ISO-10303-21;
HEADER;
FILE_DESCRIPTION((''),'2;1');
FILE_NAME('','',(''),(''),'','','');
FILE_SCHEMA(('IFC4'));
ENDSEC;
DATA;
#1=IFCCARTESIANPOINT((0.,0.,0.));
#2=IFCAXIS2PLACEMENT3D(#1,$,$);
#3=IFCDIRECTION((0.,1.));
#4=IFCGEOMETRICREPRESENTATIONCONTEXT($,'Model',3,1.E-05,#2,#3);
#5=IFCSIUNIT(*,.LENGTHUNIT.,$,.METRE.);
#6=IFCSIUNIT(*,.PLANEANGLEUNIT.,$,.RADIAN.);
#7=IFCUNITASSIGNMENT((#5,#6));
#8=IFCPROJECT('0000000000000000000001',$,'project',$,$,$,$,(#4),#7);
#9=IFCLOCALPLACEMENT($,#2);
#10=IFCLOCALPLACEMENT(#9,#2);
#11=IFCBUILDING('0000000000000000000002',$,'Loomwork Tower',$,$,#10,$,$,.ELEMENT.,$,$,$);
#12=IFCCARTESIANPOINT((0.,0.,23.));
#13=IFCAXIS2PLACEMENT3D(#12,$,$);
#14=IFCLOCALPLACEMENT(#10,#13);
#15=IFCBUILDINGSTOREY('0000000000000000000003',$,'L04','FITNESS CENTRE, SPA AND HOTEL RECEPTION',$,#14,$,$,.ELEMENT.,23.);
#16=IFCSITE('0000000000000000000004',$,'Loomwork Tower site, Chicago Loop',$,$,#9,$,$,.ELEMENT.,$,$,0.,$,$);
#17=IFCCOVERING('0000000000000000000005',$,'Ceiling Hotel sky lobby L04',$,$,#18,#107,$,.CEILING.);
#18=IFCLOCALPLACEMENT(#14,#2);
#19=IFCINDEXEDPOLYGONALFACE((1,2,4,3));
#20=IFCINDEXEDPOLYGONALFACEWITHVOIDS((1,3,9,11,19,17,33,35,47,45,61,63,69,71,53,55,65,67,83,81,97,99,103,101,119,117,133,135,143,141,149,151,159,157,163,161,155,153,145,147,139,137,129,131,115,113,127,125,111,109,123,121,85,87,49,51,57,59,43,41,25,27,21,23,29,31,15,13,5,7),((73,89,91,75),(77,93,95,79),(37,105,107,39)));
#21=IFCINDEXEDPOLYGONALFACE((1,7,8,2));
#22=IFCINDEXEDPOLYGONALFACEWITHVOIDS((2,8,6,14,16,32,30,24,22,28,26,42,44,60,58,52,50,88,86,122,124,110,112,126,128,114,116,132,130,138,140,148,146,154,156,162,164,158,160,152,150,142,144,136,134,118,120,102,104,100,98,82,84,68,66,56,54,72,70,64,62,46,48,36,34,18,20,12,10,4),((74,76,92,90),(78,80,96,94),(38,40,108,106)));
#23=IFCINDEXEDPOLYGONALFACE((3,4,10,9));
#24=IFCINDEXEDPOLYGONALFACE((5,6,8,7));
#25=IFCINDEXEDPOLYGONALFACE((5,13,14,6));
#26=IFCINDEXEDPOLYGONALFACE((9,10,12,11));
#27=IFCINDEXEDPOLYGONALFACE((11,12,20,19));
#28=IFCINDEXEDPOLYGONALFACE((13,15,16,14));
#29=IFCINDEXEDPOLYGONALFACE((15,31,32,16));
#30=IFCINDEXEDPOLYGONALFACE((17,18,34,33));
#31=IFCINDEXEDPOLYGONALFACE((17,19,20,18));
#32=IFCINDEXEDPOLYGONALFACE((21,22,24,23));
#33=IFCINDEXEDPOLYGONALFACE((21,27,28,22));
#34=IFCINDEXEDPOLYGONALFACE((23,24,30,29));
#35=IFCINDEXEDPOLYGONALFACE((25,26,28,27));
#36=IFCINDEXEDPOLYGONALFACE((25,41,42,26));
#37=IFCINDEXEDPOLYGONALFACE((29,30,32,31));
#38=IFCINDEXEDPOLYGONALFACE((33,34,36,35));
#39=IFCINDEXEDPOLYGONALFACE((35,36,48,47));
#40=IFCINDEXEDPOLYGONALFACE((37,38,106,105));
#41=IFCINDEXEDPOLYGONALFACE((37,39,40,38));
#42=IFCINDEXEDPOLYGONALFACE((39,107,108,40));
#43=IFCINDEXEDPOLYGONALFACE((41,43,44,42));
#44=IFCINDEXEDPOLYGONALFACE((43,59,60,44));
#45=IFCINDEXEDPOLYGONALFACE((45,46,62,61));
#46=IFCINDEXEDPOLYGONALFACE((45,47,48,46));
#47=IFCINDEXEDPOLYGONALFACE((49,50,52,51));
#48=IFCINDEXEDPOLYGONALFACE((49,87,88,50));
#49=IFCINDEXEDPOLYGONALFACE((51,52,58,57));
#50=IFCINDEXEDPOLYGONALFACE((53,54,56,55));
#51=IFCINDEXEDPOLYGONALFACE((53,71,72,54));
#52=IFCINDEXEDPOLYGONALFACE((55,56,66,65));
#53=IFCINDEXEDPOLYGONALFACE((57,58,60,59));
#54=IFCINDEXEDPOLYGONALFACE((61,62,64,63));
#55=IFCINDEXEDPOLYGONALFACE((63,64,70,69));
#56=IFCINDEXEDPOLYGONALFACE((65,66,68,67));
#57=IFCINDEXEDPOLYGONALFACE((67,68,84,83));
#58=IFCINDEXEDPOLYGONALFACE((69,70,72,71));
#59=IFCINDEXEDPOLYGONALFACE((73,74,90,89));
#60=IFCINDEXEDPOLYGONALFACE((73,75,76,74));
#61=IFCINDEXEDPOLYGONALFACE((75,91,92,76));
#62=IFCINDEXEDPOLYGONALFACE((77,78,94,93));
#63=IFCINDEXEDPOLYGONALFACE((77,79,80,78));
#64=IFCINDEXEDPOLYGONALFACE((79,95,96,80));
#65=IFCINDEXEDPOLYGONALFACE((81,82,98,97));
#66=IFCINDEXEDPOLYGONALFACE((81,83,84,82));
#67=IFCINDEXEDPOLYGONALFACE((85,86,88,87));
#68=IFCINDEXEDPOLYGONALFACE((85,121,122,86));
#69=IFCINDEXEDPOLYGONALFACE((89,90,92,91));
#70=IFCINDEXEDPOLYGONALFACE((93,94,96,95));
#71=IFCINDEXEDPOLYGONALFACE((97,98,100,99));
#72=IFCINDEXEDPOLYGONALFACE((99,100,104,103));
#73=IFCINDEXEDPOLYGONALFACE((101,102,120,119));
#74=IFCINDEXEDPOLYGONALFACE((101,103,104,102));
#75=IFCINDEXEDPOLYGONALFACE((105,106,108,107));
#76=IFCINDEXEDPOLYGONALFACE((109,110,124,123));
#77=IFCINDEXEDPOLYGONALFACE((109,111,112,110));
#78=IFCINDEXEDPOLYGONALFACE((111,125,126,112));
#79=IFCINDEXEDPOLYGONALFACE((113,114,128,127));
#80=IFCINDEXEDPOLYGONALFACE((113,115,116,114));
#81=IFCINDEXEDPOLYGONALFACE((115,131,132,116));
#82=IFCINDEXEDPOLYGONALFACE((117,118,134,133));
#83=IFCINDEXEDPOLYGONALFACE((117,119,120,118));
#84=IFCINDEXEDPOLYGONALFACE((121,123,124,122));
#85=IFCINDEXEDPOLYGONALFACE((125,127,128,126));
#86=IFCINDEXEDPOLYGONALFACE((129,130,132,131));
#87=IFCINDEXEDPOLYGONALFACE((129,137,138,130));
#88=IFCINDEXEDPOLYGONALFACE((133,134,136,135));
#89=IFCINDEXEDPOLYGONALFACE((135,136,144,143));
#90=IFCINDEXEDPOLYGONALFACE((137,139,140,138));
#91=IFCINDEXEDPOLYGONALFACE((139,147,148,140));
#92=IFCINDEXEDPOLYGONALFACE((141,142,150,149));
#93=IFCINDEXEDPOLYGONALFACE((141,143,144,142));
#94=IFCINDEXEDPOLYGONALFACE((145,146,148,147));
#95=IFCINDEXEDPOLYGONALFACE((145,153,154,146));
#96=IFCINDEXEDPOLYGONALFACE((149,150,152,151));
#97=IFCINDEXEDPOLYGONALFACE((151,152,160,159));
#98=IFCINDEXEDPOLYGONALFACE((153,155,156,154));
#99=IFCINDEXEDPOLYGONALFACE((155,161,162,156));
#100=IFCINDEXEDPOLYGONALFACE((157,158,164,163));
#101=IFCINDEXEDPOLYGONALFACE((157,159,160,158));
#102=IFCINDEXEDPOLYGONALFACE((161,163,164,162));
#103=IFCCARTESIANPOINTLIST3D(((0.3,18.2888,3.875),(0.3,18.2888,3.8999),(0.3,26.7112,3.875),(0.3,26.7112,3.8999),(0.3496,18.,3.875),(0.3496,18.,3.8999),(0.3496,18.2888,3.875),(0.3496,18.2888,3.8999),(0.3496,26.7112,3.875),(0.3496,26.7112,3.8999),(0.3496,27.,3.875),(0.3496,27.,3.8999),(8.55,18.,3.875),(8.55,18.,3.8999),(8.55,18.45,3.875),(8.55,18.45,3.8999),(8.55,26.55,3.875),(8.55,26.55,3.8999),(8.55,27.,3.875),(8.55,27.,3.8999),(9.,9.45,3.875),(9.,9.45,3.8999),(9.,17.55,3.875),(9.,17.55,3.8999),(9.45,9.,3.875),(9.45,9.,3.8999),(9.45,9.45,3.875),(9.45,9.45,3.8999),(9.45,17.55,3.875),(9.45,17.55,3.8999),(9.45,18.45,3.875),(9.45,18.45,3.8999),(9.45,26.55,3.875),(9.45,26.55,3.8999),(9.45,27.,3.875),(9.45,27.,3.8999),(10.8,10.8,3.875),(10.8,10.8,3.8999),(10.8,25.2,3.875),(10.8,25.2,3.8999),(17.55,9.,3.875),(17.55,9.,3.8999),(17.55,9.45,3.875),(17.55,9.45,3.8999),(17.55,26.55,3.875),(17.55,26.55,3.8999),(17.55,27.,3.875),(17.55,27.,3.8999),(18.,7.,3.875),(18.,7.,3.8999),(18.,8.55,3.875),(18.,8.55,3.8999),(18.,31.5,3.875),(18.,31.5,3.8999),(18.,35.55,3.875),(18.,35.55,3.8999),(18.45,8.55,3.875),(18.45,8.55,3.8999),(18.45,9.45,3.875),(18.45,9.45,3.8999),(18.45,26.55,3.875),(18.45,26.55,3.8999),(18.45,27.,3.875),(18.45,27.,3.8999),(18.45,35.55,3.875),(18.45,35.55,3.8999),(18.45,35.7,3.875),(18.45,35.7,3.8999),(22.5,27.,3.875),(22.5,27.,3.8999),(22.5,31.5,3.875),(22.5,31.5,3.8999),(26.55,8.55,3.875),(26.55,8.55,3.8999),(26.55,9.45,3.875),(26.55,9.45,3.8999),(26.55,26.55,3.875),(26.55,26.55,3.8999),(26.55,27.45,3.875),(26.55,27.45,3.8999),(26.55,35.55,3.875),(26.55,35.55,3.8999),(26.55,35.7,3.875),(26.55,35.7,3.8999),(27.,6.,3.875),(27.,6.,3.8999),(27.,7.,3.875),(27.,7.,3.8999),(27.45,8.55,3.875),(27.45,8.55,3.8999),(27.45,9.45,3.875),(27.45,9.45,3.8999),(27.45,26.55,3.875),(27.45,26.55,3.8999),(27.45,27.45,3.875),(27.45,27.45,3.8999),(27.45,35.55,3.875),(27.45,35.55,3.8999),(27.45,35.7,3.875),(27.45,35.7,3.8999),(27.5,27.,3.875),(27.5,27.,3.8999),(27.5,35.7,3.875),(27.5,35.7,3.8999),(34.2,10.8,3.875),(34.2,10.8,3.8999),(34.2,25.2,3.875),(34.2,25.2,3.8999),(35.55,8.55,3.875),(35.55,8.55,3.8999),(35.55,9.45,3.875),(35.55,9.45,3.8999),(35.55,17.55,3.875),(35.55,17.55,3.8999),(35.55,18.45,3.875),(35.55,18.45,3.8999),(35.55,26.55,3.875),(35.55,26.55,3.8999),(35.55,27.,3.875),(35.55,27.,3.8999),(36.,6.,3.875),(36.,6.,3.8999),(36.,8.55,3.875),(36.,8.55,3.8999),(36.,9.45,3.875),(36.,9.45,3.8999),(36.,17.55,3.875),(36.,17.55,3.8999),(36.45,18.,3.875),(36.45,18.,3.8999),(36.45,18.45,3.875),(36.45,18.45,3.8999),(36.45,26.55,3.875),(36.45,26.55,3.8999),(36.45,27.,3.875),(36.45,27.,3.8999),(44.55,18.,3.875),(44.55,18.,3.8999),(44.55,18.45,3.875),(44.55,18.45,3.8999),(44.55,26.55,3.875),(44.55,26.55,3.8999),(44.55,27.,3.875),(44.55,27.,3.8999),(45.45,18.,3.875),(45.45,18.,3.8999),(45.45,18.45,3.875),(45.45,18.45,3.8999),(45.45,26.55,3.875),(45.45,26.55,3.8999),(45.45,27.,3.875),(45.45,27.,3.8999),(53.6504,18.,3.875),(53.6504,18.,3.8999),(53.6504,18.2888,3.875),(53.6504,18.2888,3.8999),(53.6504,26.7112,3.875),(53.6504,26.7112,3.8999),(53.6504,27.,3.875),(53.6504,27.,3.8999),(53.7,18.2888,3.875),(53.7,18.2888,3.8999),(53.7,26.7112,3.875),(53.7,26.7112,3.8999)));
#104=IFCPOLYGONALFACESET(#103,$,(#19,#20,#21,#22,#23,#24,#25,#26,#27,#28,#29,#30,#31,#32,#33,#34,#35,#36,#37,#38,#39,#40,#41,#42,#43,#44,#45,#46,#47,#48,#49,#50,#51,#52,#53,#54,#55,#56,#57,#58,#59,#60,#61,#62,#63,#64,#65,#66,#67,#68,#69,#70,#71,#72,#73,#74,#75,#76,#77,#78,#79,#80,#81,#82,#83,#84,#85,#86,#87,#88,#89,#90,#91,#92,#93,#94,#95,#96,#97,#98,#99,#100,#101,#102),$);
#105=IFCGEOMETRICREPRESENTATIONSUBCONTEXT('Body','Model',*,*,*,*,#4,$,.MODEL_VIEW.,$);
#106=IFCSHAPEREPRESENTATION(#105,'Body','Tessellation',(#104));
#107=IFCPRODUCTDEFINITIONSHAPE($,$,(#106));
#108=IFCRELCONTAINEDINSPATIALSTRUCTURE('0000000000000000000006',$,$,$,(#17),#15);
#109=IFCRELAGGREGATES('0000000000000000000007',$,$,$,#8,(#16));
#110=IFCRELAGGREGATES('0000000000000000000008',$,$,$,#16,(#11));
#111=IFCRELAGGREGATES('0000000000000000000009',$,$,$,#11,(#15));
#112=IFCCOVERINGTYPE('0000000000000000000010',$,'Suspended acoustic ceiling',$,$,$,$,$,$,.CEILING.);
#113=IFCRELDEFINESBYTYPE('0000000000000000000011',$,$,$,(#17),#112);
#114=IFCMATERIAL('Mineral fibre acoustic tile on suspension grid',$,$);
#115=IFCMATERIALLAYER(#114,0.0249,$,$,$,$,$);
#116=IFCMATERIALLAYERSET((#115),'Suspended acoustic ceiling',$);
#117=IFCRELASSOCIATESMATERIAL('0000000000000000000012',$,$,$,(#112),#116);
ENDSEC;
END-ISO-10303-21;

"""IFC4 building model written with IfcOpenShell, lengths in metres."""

from ifc_helpers import new_model, si_unit, direction, frame, origin, place, context, subcontext, project, spatial, polyline, outline, extrude, material, layer, layer_set, type_object, element, save


model = new_model("IFC4")

# Units and contexts
model_context = context("Model", 3, precision=1e-05, world=origin(), true_north=direction((0.0, 1.0)))
body_context = subcontext(model_context, "Body", "Model", "MODEL_VIEW")
ifc_project = project(units=[si_unit("LENGTHUNIT", "METRE"), si_unit("PLANEANGLEUNIT", "RADIAN")], contexts=[model_context])

# Site, building, storey
site_placement = place(None, origin())
site = spatial("IfcSite", under=ifc_project, at=site_placement, Name="Loomwork Tower site, Chicago Loop", CompositionType="ELEMENT", RefElevation=0.0)
building_placement = place(site_placement, origin())
building = spatial("IfcBuilding", under=site, at=building_placement, Name="Loomwork Tower", CompositionType="ELEMENT")
storey_placement = place(building_placement, frame((0.0, 0.0, 23.0)))
storey = spatial("IfcBuildingStorey", under=building, at=storey_placement, Name="L04", Description="FITNESS CENTRE, SPA AND HOTEL RECEPTION", CompositionType="ELEMENT", Elevation=23.0)

# Covering
ifc_material_1 = material(Name="Mineral fibre acoustic tile on suspension grid")
ifc_layer_1 = layer(ifc_material_1, 0.0249)
ifc_layer_set_1 = layer_set([ifc_layer_1], Name="Suspended acoustic ceiling")
covering_type = type_object("IfcCoveringType", Name="Suspended acoustic ceiling", PredefinedType="CEILING", material=ifc_layer_set_1)
covering_1_placement = place(storey_placement, frame((0.0, 0.0, 3.875)))
element("IfcCovering", 1, at=covering_1_placement, inside=storey, type_object=covering_type, Name="Ceiling Hotel sky lobby L04", PredefinedType="CEILING", context=body_context, shape_type="SweptSolid", body=[
    extrude(outline(polyline([(8.55, 27.0), (8.55, 26.55), (9.45, 26.55), (9.45, 27.0), (17.55, 27.0), (17.55, 26.55), (18.45, 26.55), (18.45, 27.0), (22.5, 27.0), (22.5, 31.5), (18.0, 31.5), (18.0, 35.55), (18.45, 35.55), (18.45, 35.7), (26.55, 35.7), (26.55, 35.55), (27.45, 35.55), (27.45, 35.7), (27.5, 35.7), (27.5, 27.0), (35.55, 27.0), (35.55, 26.55), (36.45, 26.55), (36.45, 27.0), (44.55, 27.0), (44.55, 26.55), (45.45, 26.55), (45.45, 27.0), (53.6504, 27.0), (53.6504, 26.7112), (53.7, 26.7112), (53.7, 18.2888), (53.6504, 18.2888), (53.6504, 18.0), (45.45, 18.0), (45.45, 18.45), (44.55, 18.45), (44.55, 18.0), (36.45, 18.0), (36.45, 18.45), (35.55, 18.45), (35.55, 17.55), (36.0, 17.55), (36.0, 9.45), (35.55, 9.45), (35.55, 8.55), (36.0, 8.55), (36.0, 6.0), (27.0, 6.0), (27.0, 7.0), (18.0, 7.0), (18.0, 8.55), (18.45, 8.55), (18.45, 9.45), (17.55, 9.45), (17.55, 9.0), (9.45, 9.0), (9.45, 9.45), (9.0, 9.45), (9.0, 17.55), (9.45, 17.55), (9.45, 18.45), (8.55, 18.45), (8.55, 18.0), (0.3496, 18.0), (0.3496, 18.2888), (0.3, 18.2888), (0.3, 26.7112), (0.3496, 26.7112), (0.3496, 27.0), (8.55, 27.0)]), holes=[polyline([(10.8, 10.8), (34.2, 10.8), (34.2, 25.2), (10.8, 25.2), (10.8, 10.8)]), polyline([(27.45, 8.55), (27.45, 9.45), (26.55, 9.45), (26.55, 8.55), (27.45, 8.55)]), polyline([(27.45, 26.55), (27.45, 27.45), (26.55, 27.45), (26.55, 26.55), (27.45, 26.55)])]), origin(), (0.0, 0.0, 1.0), 0.0249),
])

save(model, "model.ifc")
